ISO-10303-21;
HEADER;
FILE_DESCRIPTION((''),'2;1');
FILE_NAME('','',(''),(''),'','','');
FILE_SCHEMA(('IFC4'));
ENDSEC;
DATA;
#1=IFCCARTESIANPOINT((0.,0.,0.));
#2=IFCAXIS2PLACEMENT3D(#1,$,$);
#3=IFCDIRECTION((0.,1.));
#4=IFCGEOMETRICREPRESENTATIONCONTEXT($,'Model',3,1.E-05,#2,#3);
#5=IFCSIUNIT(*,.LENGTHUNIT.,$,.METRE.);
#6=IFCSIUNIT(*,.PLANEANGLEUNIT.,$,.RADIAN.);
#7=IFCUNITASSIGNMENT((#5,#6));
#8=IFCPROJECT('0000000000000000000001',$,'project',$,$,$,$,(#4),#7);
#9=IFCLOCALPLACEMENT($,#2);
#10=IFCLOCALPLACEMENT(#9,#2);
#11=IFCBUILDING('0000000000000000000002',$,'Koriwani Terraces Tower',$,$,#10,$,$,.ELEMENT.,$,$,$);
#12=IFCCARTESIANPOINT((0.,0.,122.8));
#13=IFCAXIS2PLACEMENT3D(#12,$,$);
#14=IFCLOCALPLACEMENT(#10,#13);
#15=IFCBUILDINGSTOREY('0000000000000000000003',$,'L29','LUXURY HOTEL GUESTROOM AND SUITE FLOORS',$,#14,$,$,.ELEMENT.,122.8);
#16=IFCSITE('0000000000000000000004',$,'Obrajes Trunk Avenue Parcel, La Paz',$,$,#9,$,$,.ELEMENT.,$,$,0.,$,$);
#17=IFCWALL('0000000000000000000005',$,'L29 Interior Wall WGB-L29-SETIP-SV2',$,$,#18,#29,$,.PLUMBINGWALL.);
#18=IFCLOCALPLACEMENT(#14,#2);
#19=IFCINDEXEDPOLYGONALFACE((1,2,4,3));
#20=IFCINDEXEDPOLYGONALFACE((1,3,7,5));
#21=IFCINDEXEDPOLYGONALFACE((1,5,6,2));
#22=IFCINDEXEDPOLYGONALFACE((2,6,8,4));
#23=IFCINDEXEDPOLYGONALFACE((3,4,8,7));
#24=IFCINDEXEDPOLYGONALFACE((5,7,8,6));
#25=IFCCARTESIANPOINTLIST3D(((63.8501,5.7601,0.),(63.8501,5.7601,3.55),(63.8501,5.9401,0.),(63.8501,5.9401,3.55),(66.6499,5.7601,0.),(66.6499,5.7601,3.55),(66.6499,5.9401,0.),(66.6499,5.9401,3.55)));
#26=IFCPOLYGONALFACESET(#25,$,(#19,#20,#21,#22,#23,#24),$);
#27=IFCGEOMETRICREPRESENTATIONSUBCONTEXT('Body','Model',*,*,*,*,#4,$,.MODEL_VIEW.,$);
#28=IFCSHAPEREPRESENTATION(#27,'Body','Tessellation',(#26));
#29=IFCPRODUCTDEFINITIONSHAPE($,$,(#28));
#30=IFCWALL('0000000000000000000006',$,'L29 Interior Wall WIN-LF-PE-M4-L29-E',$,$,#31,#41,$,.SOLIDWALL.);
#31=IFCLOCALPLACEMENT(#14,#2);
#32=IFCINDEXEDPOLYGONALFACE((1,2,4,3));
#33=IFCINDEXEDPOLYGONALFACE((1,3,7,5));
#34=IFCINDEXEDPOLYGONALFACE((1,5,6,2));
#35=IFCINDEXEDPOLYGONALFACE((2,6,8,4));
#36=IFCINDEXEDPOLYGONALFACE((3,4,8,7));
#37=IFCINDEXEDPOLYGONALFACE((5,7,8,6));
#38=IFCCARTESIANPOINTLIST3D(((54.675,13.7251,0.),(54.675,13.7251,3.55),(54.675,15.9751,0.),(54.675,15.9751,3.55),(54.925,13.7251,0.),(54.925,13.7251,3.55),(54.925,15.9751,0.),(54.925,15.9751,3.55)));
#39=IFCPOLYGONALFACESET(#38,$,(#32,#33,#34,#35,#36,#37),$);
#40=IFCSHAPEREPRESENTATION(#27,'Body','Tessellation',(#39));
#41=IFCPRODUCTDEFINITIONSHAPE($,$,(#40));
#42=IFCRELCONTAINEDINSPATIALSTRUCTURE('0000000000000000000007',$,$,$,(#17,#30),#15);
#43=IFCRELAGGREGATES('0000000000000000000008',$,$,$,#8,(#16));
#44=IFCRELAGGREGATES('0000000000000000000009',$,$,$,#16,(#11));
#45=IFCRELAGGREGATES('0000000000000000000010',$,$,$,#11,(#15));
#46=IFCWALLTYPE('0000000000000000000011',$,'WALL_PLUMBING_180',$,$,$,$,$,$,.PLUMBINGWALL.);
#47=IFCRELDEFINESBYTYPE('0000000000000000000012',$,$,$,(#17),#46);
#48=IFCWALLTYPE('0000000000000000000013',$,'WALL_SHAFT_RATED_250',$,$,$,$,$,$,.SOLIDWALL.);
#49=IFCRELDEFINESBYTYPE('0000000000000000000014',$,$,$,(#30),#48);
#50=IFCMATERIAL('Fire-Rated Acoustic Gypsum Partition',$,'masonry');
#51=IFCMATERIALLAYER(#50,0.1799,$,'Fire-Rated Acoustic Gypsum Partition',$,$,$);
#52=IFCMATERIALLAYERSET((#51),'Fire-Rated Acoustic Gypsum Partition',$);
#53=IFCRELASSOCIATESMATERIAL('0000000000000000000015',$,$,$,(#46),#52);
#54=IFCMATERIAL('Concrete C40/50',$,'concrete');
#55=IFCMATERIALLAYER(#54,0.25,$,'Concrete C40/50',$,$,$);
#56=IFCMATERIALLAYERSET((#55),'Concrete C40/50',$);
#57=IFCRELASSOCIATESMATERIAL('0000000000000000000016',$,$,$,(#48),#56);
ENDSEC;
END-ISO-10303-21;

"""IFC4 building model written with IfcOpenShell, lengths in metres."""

from ifc_helpers import new_model, si_unit, direction, frame, frame_2d, origin, place, context, subcontext, project, spatial, rectangle, extrude, material, layer, layer_set, type_object, element, save


model = new_model("IFC4")

# Units and contexts
model_context = context("Model", 3, precision=1e-05, world=origin(), true_north=direction((0.0, 1.0)))
body_context = subcontext(model_context, "Body", "Model", "MODEL_VIEW")
ifc_project = project(units=[si_unit("LENGTHUNIT", "METRE"), si_unit("PLANEANGLEUNIT", "RADIAN")], contexts=[model_context])

# Site, building, storey
site_placement = place(None, origin())
site = spatial("IfcSite", under=ifc_project, at=site_placement, Name="Obrajes Trunk Avenue Parcel, La Paz", CompositionType="ELEMENT", RefElevation=0.0)
building_placement = place(site_placement, origin())
building = spatial("IfcBuilding", under=site, at=building_placement, Name="Koriwani Terraces Tower", CompositionType="ELEMENT")
storey_placement = place(building_placement, frame((0.0, 0.0, 122.8)))
storey = spatial("IfcBuildingStorey", under=building, at=storey_placement, Name="L29", Description="LUXURY HOTEL GUESTROOM AND SUITE FLOORS", CompositionType="ELEMENT", Elevation=122.8)

# Shared definitions
ifc_material_1 = material(Name="Concrete C40/50", Category="concrete")

# Walls
ifc_material_2 = material(Name="Fire-Rated Acoustic Gypsum Partition", Category="masonry")
ifc_layer_1 = layer(ifc_material_2, 0.1799, Name="Fire-Rated Acoustic Gypsum Partition")
ifc_layer_set_1 = layer_set([ifc_layer_1], Name="Fire-Rated Acoustic Gypsum Partition")
wall_type_1 = type_object("IfcWallType", Name="WALL_PLUMBING_180", PredefinedType="PLUMBINGWALL", material=ifc_layer_set_1)
wall_1_placement = place(storey_placement, frame((63.8501, 5.8501, 0.0), z_axis=(0.0, 0.0, 1.0), x_axis=(1.0, 0.0, 0.0)))
element("IfcWall", 1, at=wall_1_placement, inside=storey, type_object=wall_type_1, Name="L29 Interior Wall WGB-L29-SETIP-SV2", PredefinedType="PLUMBINGWALL", context=body_context, shape_type="SweptSolid", body=[
    extrude(rectangle(XDim=2.7998, YDim=0.1799, at=frame_2d((1.3999, 0.0))), origin(), (0.0, 0.0, 1.0), 3.55),
])
ifc_layer_2 = layer(ifc_material_1, 0.25, Name="Concrete C40/50")
ifc_layer_set_2 = layer_set([ifc_layer_2], Name="Concrete C40/50")
wall_type_2 = type_object("IfcWallType", Name="WALL_SHAFT_RATED_250", PredefinedType="SOLIDWALL", material=ifc_layer_set_2)
wall_2_placement = place(storey_placement, frame((54.8, 13.7251, 0.0), z_axis=(0.0, 0.0, 1.0), x_axis=(0.0, 1.0, 0.0)))
element("IfcWall", 2, at=wall_2_placement, inside=storey, type_object=wall_type_2, Name="L29 Interior Wall WIN-LF-PE-M4-L29-E", PredefinedType="SOLIDWALL", context=body_context, shape_type="SweptSolid", body=[
    extrude(rectangle(XDim=2.25, YDim=0.25, at=frame_2d((1.125, 0.0))), origin(), (0.0, 0.0, 1.0), 3.55),
])

save(model, "model.ifc")
